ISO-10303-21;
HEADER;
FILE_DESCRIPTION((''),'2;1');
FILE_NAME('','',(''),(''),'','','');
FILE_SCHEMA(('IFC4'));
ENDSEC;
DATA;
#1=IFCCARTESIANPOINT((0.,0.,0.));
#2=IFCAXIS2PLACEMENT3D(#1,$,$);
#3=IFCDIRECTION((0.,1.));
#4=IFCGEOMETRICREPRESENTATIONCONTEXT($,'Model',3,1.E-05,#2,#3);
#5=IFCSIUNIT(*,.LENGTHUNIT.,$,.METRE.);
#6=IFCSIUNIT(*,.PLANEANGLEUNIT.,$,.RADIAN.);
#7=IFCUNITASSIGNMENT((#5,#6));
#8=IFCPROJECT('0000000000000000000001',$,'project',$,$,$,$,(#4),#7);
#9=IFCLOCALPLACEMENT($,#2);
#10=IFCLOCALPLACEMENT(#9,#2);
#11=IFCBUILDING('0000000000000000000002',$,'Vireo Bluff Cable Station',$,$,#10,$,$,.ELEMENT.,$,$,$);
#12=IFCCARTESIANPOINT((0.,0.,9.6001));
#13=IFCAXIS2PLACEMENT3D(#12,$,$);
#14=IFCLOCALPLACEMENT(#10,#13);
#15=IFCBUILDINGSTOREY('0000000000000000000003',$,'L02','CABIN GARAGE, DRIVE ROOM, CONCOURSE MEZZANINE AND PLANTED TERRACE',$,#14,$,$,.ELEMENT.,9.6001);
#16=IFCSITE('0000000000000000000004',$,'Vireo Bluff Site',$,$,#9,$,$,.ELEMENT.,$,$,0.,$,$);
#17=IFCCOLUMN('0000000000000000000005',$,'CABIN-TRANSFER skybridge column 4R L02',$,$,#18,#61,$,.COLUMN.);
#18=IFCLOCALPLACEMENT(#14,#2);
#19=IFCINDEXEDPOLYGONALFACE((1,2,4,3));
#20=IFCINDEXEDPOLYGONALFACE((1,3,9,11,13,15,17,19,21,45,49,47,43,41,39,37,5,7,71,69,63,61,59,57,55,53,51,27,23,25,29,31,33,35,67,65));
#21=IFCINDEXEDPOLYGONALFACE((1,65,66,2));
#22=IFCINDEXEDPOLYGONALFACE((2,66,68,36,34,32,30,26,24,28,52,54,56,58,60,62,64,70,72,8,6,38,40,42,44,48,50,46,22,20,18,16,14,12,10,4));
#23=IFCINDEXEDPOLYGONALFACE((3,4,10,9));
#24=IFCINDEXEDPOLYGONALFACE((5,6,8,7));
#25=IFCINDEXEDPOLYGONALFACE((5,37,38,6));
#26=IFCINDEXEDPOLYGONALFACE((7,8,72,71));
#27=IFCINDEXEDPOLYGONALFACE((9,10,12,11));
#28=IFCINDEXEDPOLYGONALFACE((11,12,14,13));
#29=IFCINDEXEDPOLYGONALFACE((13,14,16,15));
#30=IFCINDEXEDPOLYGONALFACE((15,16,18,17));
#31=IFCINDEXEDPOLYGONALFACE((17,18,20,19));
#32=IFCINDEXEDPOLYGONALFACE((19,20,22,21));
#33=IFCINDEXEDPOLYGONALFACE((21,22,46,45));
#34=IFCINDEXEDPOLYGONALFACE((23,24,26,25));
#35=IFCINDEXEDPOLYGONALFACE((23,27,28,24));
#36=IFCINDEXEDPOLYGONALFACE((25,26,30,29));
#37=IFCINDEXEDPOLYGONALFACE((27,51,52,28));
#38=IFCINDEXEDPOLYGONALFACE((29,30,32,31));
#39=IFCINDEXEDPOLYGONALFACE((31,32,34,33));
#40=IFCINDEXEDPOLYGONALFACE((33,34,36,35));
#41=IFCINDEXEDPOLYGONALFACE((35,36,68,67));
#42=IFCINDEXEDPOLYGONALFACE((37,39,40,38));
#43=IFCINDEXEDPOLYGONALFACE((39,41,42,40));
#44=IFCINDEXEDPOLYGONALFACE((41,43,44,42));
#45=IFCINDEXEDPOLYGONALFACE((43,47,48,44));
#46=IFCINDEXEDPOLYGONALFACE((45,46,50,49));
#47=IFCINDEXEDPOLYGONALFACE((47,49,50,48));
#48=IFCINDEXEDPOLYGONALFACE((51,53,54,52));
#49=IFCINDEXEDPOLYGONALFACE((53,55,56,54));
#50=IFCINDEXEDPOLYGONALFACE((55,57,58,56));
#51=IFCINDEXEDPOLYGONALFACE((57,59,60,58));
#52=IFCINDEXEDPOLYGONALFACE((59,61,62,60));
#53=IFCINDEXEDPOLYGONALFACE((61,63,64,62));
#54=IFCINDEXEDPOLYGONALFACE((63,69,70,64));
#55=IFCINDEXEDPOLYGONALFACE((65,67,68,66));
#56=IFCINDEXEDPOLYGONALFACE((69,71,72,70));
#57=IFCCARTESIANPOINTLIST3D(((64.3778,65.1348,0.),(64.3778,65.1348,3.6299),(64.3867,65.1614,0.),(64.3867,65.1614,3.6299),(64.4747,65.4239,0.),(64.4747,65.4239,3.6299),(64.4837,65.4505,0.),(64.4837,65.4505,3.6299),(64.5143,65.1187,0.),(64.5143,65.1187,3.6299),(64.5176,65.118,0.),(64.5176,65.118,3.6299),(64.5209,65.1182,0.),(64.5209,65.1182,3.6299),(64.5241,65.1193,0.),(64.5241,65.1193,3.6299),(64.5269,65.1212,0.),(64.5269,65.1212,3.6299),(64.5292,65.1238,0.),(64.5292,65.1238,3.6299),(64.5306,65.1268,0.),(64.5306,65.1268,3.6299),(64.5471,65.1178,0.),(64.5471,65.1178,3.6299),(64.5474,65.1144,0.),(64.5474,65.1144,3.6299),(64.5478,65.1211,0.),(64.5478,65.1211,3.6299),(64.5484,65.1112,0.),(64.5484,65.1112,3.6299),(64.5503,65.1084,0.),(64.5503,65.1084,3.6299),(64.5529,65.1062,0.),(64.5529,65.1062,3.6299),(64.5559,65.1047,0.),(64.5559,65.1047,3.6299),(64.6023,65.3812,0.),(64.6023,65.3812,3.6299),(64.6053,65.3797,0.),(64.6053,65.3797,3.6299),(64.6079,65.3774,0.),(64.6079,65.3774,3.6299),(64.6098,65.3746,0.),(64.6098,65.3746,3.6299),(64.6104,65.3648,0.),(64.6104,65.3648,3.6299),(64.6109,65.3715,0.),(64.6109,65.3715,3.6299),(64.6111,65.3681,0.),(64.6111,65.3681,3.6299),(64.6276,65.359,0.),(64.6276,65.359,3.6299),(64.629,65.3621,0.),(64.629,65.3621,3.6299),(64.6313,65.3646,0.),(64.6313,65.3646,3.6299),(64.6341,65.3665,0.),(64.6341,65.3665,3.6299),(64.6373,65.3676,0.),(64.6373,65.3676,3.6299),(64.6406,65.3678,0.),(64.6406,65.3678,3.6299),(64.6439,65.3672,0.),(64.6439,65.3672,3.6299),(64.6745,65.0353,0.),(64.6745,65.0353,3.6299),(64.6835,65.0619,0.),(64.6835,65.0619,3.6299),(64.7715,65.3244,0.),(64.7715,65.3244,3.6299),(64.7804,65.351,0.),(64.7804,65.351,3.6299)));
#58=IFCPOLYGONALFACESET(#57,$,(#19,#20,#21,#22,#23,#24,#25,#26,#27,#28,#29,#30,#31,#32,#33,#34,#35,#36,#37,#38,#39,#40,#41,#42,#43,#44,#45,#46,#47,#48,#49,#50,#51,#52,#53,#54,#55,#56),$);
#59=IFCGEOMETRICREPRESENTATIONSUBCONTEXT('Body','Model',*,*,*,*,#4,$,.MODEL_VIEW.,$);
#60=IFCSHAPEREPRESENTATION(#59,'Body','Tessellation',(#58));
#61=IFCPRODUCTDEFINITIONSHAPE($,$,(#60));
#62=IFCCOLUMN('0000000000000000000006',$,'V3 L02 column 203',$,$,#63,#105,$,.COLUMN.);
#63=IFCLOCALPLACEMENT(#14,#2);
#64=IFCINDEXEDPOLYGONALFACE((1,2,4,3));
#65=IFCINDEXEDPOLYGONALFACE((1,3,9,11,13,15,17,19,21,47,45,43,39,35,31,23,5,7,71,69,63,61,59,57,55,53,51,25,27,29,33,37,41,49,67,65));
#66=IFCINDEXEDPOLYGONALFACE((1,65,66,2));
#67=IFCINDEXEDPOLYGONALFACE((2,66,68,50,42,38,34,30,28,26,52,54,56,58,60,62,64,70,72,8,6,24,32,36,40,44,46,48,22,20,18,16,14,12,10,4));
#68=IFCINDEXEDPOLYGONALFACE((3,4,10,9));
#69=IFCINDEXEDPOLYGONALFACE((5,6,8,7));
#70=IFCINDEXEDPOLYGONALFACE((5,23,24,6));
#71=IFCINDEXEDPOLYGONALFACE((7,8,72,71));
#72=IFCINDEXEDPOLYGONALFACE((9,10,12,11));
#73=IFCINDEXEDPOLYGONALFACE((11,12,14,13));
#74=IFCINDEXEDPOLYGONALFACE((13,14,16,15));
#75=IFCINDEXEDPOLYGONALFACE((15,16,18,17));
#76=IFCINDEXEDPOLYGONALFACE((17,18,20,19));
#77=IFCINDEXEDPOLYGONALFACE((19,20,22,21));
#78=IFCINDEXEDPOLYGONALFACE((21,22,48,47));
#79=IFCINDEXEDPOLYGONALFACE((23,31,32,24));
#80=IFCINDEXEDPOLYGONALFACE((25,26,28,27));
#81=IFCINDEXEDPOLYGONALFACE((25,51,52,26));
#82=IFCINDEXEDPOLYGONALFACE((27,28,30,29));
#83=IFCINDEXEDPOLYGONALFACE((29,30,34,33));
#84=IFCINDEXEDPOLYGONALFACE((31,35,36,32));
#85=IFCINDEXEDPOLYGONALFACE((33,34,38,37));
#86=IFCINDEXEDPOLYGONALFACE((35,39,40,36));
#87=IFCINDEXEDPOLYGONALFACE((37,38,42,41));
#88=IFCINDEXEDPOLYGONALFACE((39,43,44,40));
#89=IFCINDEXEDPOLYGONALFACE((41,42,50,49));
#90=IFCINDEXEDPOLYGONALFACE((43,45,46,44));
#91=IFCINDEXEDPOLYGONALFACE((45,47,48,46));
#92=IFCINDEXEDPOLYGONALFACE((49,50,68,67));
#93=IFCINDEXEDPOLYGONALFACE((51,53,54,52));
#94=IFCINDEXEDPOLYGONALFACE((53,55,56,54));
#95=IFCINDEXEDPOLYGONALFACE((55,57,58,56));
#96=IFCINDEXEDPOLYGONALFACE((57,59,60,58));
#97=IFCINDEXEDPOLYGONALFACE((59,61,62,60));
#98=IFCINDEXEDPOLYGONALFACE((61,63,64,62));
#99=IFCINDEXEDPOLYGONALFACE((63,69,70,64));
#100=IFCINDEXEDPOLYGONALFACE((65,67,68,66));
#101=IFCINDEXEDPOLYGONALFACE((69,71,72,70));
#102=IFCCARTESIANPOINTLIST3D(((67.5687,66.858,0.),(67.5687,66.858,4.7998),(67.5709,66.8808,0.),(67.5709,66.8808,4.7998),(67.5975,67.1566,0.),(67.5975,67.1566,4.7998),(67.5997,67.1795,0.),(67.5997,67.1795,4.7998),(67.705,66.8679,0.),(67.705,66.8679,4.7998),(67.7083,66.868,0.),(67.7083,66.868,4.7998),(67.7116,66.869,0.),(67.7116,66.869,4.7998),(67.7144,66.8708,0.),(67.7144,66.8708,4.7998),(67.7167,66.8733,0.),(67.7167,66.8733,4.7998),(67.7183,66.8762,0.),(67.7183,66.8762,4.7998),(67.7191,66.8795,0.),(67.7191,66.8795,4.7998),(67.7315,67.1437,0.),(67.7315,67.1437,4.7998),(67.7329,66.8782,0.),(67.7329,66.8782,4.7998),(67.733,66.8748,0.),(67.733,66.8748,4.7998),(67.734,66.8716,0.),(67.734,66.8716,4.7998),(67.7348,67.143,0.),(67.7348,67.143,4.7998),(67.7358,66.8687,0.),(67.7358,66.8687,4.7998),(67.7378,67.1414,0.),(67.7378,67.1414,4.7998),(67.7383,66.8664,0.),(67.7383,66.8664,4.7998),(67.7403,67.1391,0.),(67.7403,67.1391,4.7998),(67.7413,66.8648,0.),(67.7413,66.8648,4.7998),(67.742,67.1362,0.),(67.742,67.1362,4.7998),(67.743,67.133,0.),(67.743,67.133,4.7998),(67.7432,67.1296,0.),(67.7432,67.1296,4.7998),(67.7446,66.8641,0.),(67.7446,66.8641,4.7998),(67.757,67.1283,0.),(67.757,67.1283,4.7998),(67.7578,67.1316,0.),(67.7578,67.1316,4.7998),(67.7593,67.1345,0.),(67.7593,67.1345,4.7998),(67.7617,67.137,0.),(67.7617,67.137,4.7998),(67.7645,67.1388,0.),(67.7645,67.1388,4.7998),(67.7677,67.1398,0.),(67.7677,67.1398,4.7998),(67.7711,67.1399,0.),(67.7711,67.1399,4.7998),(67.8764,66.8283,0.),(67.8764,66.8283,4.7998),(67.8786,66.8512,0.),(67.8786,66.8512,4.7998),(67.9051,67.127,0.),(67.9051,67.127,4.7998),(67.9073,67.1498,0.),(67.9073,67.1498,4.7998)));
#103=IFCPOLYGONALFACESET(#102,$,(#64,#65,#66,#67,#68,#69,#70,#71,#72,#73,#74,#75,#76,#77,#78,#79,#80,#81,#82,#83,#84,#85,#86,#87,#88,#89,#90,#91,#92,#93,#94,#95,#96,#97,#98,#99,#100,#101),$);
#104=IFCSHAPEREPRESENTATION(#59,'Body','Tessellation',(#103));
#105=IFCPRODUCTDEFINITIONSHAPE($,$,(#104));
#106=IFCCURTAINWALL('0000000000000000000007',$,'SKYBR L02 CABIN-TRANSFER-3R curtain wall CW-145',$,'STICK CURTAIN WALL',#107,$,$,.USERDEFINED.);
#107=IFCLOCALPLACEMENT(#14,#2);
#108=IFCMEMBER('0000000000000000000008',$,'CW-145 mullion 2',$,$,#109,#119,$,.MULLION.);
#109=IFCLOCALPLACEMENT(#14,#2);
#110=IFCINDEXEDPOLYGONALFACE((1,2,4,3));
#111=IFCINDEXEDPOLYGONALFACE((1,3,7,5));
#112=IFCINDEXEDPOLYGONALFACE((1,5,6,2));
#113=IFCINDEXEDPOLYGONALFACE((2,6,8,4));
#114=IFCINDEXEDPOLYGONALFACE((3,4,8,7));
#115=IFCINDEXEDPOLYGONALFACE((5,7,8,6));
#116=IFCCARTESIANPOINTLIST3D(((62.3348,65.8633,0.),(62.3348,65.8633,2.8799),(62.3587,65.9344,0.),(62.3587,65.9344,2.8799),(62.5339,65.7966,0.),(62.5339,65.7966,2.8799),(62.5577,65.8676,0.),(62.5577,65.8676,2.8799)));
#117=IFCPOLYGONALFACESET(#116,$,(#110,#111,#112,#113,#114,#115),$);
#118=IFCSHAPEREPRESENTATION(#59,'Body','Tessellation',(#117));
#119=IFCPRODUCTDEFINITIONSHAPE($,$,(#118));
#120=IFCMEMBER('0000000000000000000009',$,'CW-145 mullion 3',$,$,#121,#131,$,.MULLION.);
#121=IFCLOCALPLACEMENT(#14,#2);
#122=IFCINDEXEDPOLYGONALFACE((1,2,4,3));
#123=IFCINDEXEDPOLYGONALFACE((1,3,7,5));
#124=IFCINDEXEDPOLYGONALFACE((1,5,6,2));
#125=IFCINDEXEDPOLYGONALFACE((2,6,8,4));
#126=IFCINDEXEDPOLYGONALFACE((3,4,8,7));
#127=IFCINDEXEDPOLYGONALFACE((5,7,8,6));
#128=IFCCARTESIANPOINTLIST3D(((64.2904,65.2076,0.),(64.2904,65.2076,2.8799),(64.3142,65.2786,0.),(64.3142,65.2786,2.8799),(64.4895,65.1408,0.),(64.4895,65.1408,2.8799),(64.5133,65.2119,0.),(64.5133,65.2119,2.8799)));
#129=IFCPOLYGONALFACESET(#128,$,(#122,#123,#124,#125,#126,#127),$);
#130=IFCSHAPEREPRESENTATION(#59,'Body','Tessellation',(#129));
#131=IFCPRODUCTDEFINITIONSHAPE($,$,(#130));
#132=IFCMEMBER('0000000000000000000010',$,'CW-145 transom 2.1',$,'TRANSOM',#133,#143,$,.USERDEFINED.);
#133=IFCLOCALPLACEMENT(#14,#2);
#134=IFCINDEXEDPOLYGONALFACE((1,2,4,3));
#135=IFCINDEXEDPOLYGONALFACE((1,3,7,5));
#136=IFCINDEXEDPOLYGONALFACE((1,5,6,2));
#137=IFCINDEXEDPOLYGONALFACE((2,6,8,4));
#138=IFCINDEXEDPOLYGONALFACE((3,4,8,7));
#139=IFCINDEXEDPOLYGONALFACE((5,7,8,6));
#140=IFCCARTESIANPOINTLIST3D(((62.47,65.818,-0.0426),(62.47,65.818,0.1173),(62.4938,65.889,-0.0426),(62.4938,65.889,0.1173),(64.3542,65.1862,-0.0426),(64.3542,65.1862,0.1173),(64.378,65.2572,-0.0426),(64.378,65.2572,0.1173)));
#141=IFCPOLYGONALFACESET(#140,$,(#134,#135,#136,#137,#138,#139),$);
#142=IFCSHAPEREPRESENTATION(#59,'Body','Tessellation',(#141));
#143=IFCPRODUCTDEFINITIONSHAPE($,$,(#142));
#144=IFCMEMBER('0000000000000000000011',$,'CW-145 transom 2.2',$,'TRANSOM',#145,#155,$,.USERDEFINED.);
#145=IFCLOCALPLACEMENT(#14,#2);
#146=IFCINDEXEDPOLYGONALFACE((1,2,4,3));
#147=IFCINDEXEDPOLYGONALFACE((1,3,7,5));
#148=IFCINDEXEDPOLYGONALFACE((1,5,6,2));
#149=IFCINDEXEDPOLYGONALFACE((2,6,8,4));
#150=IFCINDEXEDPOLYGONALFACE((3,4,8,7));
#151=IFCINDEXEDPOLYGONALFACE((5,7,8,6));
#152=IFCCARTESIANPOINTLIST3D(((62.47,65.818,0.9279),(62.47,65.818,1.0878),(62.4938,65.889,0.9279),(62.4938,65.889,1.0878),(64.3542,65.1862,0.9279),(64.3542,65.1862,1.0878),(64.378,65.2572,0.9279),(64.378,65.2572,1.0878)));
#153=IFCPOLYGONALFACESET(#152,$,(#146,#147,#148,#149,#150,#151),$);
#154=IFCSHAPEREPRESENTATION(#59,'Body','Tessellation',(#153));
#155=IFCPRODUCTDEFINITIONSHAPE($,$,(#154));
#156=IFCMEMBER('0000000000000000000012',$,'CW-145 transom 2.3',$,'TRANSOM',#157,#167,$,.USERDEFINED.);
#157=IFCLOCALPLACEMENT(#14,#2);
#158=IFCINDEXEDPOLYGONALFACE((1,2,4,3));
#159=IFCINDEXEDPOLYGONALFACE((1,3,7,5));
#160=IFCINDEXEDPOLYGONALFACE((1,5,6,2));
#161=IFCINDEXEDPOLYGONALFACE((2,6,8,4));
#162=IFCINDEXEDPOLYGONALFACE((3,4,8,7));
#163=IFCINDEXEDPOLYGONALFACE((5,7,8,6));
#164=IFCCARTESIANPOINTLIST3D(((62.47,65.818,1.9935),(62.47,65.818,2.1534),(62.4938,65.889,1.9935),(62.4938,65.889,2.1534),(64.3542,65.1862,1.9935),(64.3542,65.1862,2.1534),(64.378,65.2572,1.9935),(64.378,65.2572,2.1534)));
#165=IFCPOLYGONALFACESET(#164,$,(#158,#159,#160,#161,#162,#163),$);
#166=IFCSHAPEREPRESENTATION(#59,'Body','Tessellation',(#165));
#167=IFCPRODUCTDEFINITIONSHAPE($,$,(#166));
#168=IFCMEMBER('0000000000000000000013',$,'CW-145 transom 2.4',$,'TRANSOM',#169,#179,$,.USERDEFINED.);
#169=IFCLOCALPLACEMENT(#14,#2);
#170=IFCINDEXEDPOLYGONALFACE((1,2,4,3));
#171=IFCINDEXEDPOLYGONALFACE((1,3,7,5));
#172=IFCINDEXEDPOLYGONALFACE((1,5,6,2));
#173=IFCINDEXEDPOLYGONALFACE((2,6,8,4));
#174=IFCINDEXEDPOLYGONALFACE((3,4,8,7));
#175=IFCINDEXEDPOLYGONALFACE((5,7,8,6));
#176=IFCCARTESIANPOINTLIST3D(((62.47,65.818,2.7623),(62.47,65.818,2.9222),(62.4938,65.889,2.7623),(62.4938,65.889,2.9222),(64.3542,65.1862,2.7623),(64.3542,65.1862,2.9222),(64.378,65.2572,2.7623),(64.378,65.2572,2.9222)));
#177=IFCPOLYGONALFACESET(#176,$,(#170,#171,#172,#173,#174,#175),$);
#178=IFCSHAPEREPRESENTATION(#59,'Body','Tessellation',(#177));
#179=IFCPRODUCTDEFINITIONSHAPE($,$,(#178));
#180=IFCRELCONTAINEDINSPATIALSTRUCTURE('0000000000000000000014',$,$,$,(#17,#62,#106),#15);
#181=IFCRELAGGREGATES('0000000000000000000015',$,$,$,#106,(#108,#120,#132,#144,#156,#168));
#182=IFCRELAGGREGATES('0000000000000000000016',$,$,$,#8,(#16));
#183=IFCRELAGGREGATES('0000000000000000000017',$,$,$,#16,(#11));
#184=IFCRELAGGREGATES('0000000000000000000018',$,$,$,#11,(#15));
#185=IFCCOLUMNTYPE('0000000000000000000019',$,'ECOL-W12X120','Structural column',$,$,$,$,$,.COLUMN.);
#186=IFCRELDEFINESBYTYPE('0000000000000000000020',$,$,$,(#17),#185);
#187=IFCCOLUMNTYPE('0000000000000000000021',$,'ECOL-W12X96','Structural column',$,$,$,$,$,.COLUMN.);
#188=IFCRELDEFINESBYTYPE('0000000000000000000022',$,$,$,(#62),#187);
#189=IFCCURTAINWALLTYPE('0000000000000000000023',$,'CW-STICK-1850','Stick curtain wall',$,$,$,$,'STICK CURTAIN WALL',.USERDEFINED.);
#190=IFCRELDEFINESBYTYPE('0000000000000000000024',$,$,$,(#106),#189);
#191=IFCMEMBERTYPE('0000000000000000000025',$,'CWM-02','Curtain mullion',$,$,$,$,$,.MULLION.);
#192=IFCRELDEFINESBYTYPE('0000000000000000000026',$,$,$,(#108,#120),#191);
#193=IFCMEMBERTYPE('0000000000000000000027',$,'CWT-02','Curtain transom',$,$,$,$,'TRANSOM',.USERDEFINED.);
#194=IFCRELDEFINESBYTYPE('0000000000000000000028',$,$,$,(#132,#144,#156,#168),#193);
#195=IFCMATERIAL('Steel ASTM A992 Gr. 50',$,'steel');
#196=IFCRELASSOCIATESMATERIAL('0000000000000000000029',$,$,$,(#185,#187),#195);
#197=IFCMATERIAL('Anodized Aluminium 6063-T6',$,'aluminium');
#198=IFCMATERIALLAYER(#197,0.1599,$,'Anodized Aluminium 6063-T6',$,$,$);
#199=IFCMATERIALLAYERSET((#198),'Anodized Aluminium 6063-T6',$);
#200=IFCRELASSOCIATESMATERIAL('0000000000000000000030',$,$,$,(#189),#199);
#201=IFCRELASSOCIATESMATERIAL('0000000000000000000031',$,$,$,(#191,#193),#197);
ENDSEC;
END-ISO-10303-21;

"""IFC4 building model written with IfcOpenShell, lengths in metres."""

from ifc_helpers import new_model, si_unit, direction, frame, origin, origin_2d, place, context, subcontext, project, spatial, rectangle, i_section, extrude, material, layer, layer_set, material_profile, profile_set, type_object, element, aggregate, save


model = new_model("IFC4")

# Units and contexts
model_context = context("Model", 3, precision=1e-05, world=origin(), true_north=direction((0.0, 1.0)))
body_context = subcontext(model_context, "Body", "Model", "MODEL_VIEW")
ifc_project = project(units=[si_unit("LENGTHUNIT", "METRE"), si_unit("PLANEANGLEUNIT", "RADIAN")], contexts=[model_context])

# Site, building, storey
site_placement = place(None, origin())
site = spatial("IfcSite", under=ifc_project, at=site_placement, Name="Vireo Bluff Site", CompositionType="ELEMENT", RefElevation=0.0)
building_placement = place(site_placement, origin())
building = spatial("IfcBuilding", under=site, at=building_placement, Name="Vireo Bluff Cable Station", CompositionType="ELEMENT")
storey_placement = place(building_placement, frame((0.0, 0.0, 9.6001)))
storey = spatial("IfcBuildingStorey", under=building, at=storey_placement, Name="L02", Description="CABIN GARAGE, DRIVE ROOM, CONCOURSE MEZZANINE AND PLANTED TERRACE", CompositionType="ELEMENT", Elevation=9.6001)

# Columns
ifc_material_1 = material(Name="Steel ASTM A992 Gr. 50", Category="steel")
ifc_material_profile_1 = material_profile(ifc_material_1, i_section(OverallWidth=0.313, OverallDepth=0.333, WebThickness=0.0181, FlangeThickness=0.0281, FilletRadius=0.0129, at=origin_2d()), Name="W12X120")
ifc_profile_set_1 = profile_set([ifc_material_profile_1], Name="Steel ASTM A992 Gr. 50")
column_type_1 = type_object("IfcColumnType", Name="ECOL-W12X120", Description="Structural column", PredefinedType="COLUMN", material=ifc_profile_set_1)
column_1_placement = place(storey_placement, frame((64.5791, 65.2429, 0.0), z_axis=(0.0, 0.0, 1.0), x_axis=(0.948105, -0.317958, 0.0)))
element("IfcColumn", 1, at=column_1_placement, inside=storey, type_object=column_type_1, Name="CABIN-TRANSFER skybridge column 4R L02", PredefinedType="COLUMN", context=body_context, shape_type="SweptSolid", body=[
    extrude(i_section(OverallWidth=0.313, OverallDepth=0.333, WebThickness=0.0181, FlangeThickness=0.0281, FilletRadius=0.0129, at=origin_2d()), origin(), (0.0, 0.0, 1.0), 3.6299),
])
ifc_material_profile_2 = material_profile(ifc_material_1, i_section(OverallWidth=0.3091, OverallDepth=0.323, WebThickness=0.0139, FlangeThickness=0.0229, FilletRadius=0.0129, at=origin_2d()), Name="W12X96")
ifc_profile_set_2 = profile_set([ifc_material_profile_2], Name="Steel ASTM A992 Gr. 50")
column_type_2 = type_object("IfcColumnType", Name="ECOL-W12X96", Description="Structural column", PredefinedType="COLUMN", material=ifc_profile_set_2)
column_2_placement = place(storey_placement, frame((67.738, 67.0039, 0.0), z_axis=(0.0, 0.0, 1.0), x_axis=(0.995396, -0.095846, 0.0)))
element("IfcColumn", 2, at=column_2_placement, inside=storey, type_object=column_type_2, Name="V3 L02 column 203", PredefinedType="COLUMN", context=body_context, shape_type="SweptSolid", body=[
    extrude(i_section(OverallWidth=0.3091, OverallDepth=0.323, WebThickness=0.0139, FlangeThickness=0.0229, FilletRadius=0.0129, at=origin_2d()), origin(), (0.0, 0.0, 1.0), 4.7998),
])

# Curtain wall, members
ifc_material_2 = material(Name="Anodized Aluminium 6063-T6", Category="aluminium")
ifc_layer_1 = layer(ifc_material_2, 0.1599, Name="Anodized Aluminium 6063-T6")
ifc_layer_set_1 = layer_set([ifc_layer_1], Name="Anodized Aluminium 6063-T6")
curtain_wall_type = type_object("IfcCurtainWallType", Name="CW-STICK-1850", Description="Stick curtain wall", ElementType="STICK CURTAIN WALL", PredefinedType="USERDEFINED", material=ifc_layer_set_1)
curtain_wall_placement = place(storey_placement, origin())
curtain_wall = element("IfcCurtainWall", 3, at=curtain_wall_placement, inside=storey, type_object=curtain_wall_type, Name="SKYBR L02 CABIN-TRANSFER-3R curtain wall CW-145", ObjectType="STICK CURTAIN WALL", PredefinedType="USERDEFINED")
ifc_material_profile_3 = material_profile(ifc_material_2, rectangle(XDim=0.075, YDim=0.21, at=origin_2d()), Name="ALU-M-75X210")
ifc_profile_set_3 = profile_set([ifc_material_profile_3], Name="Anodized Aluminium 6063-T6")
member_type_1 = type_object("IfcMemberType", Name="CWM-02", Description="Curtain mullion", PredefinedType="MULLION", material=ifc_profile_set_3)
member_1_placement = place(storey_placement, frame((62.4463, 65.8655, 0.0), z_axis=(0.0, 0.0, 1.0), x_axis=(0.317934, 0.948113, 0.0)))
member_1 = element("IfcMember", 4, at=member_1_placement, type_object=member_type_1, Name="CW-145 mullion 2", PredefinedType="MULLION", context=body_context, shape_type="SweptSolid", body=[
    extrude(rectangle(XDim=0.075, YDim=0.21, at=origin_2d()), origin(), (0.0, 0.0, 1.0), 2.8799),
])
member_2_placement = place(storey_placement, frame((64.4019, 65.2097, 0.0), z_axis=(0.0, 0.0, 1.0), x_axis=(0.317934, 0.948113, 0.0)))
member_2 = element("IfcMember", 5, at=member_2_placement, type_object=member_type_1, Name="CW-145 mullion 3", PredefinedType="MULLION", context=body_context, shape_type="SweptSolid", body=[
    extrude(rectangle(XDim=0.075, YDim=0.21, at=origin_2d()), origin(), (0.0, 0.0, 1.0), 2.8799),
])
ifc_material_profile_4 = material_profile(ifc_material_2, rectangle(XDim=0.075, YDim=0.1599, at=origin_2d()), Name="ALU-T-75X160")
ifc_profile_set_4 = profile_set([ifc_material_profile_4], Name="Anodized Aluminium 6063-T6")
member_type_2 = type_object("IfcMemberType", Name="CWT-02", Description="Curtain transom", ElementType="TRANSOM", PredefinedType="USERDEFINED", material=ifc_profile_set_4)
member_3_placement = place(storey_placement, frame((62.4819, 65.8535, 0.0374), z_axis=(0.948117, -0.317923, 0.0), x_axis=(0.317923, 0.948117, 0.0)))
member_3 = element("IfcMember", 6, at=member_3_placement, type_object=member_type_2, Name="CW-145 transom 2.1", ObjectType="TRANSOM", PredefinedType="USERDEFINED", context=body_context, shape_type="SweptSolid", body=[
    extrude(rectangle(XDim=0.075, YDim=0.1599, at=origin_2d()), origin(), (0.0, 0.0, 1.0), 1.9873),
])
member_4_placement = place(storey_placement, frame((62.4819, 65.8535, 1.0078), z_axis=(0.948117, -0.317923, 0.0), x_axis=(0.317923, 0.948117, 0.0)))
member_4 = element("IfcMember", 7, at=member_4_placement, type_object=member_type_2, Name="CW-145 transom 2.2", ObjectType="TRANSOM", PredefinedType="USERDEFINED", context=body_context, shape_type="SweptSolid", body=[
    extrude(rectangle(XDim=0.075, YDim=0.1599, at=origin_2d()), origin(), (0.0, 0.0, 1.0), 1.9873),
])
member_5_placement = place(storey_placement, frame((62.4819, 65.8535, 2.0735), z_axis=(0.948117, -0.317923, 0.0), x_axis=(0.317923, 0.948117, 0.0)))
member_5 = element("IfcMember", 8, at=member_5_placement, type_object=member_type_2, Name="CW-145 transom 2.3", ObjectType="TRANSOM", PredefinedType="USERDEFINED", context=body_context, shape_type="SweptSolid", body=[
    extrude(rectangle(XDim=0.075, YDim=0.1599, at=origin_2d()), origin(), (0.0, 0.0, 1.0), 1.9873),
])
member_6_placement = place(storey_placement, frame((62.4819, 65.8535, 2.8423), z_axis=(0.948117, -0.317923, 0.0), x_axis=(0.317923, 0.948117, 0.0)))
member_6 = element("IfcMember", 9, at=member_6_placement, type_object=member_type_2, Name="CW-145 transom 2.4", ObjectType="TRANSOM", PredefinedType="USERDEFINED", context=body_context, shape_type="SweptSolid", body=[
    extrude(rectangle(XDim=0.075, YDim=0.1599, at=origin_2d()), origin(), (0.0, 0.0, 1.0), 1.9873),
])

aggregate(curtain_wall, [member_1, member_2, member_3, member_4, member_5, member_6])

save(model, "model.ifc")
